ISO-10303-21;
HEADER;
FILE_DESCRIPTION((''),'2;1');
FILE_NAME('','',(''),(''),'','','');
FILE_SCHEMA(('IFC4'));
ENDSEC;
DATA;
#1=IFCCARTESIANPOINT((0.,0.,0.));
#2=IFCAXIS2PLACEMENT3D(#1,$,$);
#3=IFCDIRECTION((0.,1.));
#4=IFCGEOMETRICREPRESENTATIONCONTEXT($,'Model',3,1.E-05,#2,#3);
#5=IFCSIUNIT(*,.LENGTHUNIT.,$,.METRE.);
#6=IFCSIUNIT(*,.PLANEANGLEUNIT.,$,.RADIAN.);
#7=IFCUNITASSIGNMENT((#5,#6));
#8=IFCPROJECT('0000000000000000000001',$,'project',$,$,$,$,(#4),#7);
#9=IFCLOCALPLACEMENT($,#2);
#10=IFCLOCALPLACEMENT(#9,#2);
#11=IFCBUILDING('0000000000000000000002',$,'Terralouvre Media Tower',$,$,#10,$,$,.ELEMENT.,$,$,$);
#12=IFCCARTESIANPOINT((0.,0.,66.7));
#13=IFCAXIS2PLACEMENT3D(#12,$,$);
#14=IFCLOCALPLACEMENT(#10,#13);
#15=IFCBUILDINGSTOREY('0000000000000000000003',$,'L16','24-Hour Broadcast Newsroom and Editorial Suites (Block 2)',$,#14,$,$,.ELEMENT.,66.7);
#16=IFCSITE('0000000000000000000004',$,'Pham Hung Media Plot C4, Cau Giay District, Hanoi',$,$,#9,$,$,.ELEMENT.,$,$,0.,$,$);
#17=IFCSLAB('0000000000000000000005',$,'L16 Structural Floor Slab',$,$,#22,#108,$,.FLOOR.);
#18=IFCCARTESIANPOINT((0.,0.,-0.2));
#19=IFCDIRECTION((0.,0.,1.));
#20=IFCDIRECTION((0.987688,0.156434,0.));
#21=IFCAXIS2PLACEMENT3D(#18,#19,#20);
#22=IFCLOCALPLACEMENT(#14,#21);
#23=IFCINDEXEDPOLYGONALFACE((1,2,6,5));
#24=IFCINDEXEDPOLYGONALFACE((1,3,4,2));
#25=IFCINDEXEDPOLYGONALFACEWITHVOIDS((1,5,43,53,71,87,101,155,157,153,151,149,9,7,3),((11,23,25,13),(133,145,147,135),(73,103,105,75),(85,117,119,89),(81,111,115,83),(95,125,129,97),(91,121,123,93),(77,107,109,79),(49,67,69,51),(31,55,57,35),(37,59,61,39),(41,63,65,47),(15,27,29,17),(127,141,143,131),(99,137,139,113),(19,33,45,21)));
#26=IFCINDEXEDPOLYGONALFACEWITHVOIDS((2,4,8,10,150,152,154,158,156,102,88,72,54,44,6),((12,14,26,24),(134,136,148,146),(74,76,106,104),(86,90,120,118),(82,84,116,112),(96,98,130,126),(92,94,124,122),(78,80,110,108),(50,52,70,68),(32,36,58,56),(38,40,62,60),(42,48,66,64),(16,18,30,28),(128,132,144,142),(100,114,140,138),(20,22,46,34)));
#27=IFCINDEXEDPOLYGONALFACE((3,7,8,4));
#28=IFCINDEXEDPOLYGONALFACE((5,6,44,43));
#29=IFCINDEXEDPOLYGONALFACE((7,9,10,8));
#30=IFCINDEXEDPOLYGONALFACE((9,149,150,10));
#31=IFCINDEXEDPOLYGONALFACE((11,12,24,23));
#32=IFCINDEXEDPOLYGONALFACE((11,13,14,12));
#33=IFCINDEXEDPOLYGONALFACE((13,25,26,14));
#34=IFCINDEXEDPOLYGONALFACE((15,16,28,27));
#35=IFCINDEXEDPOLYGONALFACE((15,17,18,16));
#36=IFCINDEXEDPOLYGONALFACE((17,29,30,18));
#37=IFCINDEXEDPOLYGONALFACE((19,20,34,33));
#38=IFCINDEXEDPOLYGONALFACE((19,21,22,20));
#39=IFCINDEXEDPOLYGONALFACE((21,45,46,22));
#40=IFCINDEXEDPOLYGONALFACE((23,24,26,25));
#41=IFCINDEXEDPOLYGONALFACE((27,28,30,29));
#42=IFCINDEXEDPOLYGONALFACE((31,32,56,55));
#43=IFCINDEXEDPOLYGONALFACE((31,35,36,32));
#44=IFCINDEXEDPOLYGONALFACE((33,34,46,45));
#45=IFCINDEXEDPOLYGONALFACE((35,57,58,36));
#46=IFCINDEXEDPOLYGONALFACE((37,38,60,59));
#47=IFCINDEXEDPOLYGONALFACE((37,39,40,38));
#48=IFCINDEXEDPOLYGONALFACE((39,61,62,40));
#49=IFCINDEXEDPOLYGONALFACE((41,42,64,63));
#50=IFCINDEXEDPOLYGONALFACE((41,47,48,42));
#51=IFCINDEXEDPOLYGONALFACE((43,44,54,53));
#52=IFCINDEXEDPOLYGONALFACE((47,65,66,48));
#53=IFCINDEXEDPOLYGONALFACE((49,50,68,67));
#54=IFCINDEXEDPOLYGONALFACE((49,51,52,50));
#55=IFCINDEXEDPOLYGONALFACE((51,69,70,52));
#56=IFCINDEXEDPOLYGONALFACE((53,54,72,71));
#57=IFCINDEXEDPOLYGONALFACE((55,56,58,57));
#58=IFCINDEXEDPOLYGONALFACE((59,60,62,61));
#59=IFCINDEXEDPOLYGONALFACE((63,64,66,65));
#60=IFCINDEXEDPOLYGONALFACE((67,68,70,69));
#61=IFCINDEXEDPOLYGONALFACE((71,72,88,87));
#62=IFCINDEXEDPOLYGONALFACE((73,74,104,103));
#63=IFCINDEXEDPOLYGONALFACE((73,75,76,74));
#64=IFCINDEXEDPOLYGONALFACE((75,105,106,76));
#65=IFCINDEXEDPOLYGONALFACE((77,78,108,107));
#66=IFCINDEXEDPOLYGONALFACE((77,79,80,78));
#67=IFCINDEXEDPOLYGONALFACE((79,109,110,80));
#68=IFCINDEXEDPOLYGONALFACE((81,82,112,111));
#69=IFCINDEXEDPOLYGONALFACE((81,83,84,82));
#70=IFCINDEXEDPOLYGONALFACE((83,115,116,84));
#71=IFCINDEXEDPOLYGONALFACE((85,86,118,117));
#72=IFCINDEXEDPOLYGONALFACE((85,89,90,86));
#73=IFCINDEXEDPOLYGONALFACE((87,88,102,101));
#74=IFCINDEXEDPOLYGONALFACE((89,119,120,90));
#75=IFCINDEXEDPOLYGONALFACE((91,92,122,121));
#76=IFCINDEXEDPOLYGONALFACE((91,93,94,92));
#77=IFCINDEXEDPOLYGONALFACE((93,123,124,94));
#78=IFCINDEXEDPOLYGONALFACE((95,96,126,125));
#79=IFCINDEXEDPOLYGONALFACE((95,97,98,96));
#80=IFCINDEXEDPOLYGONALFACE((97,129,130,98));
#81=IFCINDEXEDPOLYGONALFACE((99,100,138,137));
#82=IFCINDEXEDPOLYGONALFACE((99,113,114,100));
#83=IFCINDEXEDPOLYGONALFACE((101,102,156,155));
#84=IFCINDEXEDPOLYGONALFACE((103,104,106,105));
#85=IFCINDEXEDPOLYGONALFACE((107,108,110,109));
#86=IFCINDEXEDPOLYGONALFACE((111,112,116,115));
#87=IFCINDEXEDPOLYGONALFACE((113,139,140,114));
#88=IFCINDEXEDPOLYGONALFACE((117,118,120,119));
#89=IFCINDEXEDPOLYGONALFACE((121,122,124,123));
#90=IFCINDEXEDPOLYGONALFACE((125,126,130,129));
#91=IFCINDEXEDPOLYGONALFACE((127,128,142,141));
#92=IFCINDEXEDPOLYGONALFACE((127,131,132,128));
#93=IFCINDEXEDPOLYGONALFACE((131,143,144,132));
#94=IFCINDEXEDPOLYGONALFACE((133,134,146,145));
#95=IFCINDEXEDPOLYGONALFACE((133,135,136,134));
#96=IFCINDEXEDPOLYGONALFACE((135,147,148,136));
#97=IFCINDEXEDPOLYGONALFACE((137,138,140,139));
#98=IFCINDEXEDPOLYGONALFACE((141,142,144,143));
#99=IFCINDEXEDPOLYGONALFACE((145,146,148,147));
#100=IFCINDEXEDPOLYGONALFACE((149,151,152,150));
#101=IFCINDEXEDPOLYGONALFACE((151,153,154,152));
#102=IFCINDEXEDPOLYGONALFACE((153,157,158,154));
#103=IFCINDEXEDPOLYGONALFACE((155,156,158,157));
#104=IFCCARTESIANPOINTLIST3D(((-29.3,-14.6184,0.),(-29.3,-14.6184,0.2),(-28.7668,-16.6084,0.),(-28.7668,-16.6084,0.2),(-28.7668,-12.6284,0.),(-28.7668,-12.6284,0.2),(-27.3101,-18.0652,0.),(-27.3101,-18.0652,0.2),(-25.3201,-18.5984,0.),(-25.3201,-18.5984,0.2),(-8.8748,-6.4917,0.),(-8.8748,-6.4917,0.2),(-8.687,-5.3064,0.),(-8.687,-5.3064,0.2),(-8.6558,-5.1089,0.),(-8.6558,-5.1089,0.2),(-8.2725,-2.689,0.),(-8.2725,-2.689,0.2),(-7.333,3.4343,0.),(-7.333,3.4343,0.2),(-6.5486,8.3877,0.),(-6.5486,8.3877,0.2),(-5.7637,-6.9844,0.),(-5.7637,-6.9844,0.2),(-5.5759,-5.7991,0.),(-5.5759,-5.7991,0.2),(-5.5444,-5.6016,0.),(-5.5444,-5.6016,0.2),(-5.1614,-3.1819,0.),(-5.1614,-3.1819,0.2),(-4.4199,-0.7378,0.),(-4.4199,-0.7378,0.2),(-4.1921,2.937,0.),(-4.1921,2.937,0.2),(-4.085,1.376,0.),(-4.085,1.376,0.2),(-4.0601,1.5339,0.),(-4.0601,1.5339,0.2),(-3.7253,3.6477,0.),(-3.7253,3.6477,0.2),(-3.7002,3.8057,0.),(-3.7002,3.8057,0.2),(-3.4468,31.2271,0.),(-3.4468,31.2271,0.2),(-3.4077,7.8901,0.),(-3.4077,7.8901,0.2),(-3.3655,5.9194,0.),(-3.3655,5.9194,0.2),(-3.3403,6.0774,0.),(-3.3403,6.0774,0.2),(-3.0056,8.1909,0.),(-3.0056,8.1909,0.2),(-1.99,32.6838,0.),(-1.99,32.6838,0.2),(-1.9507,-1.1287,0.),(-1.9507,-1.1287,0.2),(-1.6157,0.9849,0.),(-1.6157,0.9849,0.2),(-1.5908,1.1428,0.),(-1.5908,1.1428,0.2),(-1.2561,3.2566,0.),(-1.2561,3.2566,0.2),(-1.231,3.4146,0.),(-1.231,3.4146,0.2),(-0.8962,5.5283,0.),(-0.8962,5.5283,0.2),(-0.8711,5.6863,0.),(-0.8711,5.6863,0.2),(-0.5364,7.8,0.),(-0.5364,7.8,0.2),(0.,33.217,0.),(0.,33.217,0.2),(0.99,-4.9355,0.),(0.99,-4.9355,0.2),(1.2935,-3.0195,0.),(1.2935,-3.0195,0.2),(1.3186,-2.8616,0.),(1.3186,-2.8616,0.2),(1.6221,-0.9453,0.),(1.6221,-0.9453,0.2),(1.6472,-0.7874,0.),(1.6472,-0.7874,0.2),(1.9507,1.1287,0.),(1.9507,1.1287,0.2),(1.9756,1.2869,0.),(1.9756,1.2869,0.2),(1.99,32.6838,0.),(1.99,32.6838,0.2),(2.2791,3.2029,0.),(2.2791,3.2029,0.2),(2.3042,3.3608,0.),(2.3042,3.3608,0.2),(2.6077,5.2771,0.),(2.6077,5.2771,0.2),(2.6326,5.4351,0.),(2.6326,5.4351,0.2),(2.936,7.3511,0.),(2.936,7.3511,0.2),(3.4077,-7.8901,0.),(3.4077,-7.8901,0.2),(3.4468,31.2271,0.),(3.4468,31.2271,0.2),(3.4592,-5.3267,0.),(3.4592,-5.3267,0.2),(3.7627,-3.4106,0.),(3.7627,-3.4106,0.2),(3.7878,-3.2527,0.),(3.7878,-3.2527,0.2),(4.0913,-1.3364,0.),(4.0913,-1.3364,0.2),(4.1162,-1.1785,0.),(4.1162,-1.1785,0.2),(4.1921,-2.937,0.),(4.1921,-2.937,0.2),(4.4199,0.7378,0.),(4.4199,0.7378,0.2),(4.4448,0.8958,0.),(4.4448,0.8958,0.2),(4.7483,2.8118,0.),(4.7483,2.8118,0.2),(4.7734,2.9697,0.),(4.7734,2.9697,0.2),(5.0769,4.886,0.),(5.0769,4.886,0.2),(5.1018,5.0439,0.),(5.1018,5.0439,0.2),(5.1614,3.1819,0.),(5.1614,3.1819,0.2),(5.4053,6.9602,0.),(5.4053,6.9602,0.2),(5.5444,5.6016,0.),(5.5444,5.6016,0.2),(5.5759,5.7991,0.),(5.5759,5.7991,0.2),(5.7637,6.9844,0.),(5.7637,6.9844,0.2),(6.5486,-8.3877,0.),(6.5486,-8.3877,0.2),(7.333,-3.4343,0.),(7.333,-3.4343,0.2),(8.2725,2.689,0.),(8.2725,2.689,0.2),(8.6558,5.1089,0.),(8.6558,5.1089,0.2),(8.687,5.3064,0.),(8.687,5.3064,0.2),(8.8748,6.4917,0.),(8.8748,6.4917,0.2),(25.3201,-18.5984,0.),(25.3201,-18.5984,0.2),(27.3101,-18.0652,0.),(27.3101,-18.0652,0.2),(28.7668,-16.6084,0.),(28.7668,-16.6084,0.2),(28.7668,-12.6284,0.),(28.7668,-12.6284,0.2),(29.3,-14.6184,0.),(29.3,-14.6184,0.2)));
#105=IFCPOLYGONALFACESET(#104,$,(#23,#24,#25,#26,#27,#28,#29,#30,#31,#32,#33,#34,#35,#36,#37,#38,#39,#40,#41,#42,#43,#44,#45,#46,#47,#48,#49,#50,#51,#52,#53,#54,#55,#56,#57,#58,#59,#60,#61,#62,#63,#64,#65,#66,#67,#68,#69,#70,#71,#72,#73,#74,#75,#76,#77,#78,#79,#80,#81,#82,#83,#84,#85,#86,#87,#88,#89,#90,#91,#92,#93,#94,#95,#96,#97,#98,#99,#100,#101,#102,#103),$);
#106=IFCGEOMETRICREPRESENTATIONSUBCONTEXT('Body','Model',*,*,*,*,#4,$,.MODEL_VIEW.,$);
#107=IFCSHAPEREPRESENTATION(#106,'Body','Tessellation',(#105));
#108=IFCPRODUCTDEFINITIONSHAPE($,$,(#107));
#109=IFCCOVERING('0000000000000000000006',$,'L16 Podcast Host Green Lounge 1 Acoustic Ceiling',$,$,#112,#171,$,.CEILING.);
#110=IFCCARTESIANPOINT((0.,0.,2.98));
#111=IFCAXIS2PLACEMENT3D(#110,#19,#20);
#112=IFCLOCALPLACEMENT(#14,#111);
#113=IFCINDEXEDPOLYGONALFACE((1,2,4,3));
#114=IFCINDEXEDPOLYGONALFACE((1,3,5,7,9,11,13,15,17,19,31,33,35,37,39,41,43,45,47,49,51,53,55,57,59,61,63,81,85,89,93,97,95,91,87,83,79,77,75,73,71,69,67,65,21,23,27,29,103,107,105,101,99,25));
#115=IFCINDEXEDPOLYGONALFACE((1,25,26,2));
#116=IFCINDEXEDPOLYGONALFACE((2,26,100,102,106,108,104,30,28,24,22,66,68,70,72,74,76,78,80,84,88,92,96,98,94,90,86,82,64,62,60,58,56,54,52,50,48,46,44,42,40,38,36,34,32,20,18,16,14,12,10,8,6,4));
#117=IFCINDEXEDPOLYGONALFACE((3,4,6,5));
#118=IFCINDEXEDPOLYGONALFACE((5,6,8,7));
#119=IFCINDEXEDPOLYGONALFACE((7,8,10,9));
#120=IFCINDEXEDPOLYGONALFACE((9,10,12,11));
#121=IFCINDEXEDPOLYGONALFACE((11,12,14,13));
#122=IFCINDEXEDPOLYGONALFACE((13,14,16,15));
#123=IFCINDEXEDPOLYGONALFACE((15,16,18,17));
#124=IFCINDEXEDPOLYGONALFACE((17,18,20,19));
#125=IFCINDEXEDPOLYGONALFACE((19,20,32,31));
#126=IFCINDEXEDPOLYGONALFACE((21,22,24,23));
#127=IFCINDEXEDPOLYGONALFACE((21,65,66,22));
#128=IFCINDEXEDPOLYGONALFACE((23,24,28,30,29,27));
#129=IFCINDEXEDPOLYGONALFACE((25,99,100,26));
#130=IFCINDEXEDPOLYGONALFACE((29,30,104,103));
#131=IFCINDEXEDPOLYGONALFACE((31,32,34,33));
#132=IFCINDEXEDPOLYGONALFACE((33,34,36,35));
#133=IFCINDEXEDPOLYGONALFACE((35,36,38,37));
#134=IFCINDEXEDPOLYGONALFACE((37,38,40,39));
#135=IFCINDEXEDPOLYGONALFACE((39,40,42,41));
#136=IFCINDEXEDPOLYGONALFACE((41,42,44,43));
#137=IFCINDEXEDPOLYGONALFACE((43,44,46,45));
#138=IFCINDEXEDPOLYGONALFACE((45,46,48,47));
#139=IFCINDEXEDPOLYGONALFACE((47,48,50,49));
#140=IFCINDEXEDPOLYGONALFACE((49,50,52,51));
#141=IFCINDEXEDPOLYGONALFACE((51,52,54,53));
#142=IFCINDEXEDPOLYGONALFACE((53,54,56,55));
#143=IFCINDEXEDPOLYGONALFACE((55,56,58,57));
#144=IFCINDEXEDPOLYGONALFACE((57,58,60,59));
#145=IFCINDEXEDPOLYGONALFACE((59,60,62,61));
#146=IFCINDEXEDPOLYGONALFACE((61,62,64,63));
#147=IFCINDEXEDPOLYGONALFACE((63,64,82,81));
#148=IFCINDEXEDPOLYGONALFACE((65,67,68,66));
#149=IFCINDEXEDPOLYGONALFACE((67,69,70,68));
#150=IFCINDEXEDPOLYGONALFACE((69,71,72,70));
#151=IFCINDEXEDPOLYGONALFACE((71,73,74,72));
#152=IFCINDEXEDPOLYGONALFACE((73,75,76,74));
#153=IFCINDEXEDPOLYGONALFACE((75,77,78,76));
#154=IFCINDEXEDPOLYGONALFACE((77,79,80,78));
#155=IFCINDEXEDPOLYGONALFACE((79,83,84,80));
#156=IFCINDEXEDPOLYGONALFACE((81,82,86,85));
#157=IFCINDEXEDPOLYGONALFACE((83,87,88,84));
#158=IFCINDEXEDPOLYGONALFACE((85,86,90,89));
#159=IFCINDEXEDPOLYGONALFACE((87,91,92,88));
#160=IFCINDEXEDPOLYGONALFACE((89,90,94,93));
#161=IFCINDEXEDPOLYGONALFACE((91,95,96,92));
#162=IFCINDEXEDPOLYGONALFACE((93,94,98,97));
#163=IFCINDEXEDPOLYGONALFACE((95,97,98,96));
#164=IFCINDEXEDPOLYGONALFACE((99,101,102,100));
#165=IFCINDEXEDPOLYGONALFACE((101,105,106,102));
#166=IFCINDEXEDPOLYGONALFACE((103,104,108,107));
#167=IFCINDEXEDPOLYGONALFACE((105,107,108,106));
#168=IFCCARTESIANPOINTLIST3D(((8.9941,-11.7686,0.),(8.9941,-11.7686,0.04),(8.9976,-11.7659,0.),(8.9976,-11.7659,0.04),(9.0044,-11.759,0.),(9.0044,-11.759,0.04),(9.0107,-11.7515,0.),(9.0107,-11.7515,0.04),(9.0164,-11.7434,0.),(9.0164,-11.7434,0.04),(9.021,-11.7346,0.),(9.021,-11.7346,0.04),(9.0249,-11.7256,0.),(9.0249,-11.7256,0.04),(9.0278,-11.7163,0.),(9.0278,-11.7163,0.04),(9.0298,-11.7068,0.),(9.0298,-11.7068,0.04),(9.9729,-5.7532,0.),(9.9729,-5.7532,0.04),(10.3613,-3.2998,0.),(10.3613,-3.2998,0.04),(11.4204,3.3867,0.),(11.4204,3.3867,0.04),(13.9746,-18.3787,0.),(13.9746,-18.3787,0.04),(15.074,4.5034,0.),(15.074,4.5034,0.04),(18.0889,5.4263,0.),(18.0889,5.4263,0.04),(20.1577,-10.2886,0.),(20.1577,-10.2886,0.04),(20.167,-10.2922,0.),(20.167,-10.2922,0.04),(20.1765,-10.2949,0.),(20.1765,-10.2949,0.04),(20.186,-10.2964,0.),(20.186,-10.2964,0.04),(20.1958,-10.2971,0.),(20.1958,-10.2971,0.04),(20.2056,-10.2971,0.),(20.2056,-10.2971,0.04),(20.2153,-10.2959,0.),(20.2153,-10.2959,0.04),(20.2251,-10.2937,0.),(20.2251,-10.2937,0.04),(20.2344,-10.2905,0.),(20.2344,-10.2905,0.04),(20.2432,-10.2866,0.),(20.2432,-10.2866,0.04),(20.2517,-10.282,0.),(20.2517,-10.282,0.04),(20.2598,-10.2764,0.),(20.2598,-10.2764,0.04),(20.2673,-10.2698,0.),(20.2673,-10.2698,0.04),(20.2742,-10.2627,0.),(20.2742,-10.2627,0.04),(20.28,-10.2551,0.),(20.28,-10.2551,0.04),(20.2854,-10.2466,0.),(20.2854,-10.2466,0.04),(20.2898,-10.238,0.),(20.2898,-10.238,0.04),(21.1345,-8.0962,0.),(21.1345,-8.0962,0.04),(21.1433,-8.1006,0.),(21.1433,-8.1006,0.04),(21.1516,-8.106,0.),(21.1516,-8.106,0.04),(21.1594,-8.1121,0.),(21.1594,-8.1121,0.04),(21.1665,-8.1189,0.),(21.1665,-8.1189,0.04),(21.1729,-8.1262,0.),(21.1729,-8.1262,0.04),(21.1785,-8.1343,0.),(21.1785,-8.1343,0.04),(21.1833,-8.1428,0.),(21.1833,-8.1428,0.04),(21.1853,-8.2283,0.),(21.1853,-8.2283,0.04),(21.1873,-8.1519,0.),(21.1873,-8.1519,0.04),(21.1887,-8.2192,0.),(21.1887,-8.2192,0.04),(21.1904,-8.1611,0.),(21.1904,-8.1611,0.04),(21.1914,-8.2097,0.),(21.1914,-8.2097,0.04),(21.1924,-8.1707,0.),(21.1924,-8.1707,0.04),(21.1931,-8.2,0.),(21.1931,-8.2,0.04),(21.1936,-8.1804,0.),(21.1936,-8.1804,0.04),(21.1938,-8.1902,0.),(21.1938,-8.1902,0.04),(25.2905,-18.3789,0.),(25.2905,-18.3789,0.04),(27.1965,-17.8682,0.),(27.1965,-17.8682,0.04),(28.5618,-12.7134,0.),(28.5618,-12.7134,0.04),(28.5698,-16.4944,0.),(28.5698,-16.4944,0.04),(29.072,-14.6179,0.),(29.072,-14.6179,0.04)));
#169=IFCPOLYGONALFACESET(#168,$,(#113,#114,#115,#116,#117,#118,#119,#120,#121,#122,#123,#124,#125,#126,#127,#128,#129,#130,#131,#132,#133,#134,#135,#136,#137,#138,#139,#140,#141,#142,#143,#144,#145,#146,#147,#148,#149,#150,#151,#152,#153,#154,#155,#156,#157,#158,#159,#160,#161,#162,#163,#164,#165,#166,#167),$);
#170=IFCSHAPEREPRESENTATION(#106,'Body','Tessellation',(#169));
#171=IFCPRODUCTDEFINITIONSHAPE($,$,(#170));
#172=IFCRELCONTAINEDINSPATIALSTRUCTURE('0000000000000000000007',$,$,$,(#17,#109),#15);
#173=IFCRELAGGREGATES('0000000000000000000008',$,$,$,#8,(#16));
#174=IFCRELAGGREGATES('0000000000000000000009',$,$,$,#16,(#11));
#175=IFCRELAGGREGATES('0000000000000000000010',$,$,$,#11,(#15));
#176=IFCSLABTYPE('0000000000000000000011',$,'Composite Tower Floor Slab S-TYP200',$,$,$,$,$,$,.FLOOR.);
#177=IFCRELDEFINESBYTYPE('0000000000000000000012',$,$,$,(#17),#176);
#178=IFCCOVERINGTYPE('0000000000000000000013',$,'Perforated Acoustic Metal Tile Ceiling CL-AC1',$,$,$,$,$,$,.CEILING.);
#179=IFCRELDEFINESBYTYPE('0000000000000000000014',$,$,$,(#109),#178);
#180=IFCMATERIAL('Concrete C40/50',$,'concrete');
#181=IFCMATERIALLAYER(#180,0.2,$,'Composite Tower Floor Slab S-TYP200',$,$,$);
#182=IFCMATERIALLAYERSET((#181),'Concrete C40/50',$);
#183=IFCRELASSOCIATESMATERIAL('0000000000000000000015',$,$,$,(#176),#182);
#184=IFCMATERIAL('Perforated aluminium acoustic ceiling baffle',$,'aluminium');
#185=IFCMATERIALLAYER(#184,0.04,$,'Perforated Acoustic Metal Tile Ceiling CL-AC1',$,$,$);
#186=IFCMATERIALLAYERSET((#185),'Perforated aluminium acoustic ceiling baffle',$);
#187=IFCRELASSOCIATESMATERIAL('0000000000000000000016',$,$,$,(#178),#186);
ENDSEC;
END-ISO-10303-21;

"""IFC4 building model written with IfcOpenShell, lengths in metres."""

from ifc_helpers import new_model, si_unit, direction, frame, origin, place, context, subcontext, project, spatial, polyline, outline, extrude, material, layer, layer_set, type_object, element, save


model = new_model("IFC4")

# Units and contexts
model_context = context("Model", 3, precision=1e-05, world=origin(), true_north=direction((0.0, 1.0)))
body_context = subcontext(model_context, "Body", "Model", "MODEL_VIEW")
ifc_project = project(units=[si_unit("LENGTHUNIT", "METRE"), si_unit("PLANEANGLEUNIT", "RADIAN")], contexts=[model_context])

# Site, building, storey
site_placement = place(None, origin())
site = spatial("IfcSite", under=ifc_project, at=site_placement, Name="Pham Hung Media Plot C4, Cau Giay District, Hanoi", CompositionType="ELEMENT", RefElevation=0.0)
building_placement = place(site_placement, origin())
building = spatial("IfcBuilding", under=site, at=building_placement, Name="Terralouvre Media Tower", CompositionType="ELEMENT")
storey_placement = place(building_placement, frame((0.0, 0.0, 66.7)))
storey = spatial("IfcBuildingStorey", under=building, at=storey_placement, Name="L16", Description="24-Hour Broadcast Newsroom and Editorial Suites (Block 2)", CompositionType="ELEMENT", Elevation=66.7)

# Slab
ifc_material_1 = material(Name="Concrete C40/50", Category="concrete")
ifc_layer_1 = layer(ifc_material_1, 0.2, Name="Composite Tower Floor Slab S-TYP200")
ifc_layer_set_1 = layer_set([ifc_layer_1], Name="Concrete C40/50")
slab_type_1 = type_object("IfcSlabType", Name="Composite Tower Floor Slab S-TYP200", PredefinedType="FLOOR", material=ifc_layer_set_1)
slab_1_placement = place(storey_placement, frame((0.0, 0.0, -0.2), z_axis=(0.0, 0.0, 1.0), x_axis=(0.987688, 0.156434, 0.0)))
element("IfcSlab", 1, at=slab_1_placement, inside=storey, type_object=slab_type_1, Name="L16 Structural Floor Slab", PredefinedType="FLOOR", context=body_context, shape_type="SweptSolid", body=[
    extrude(outline(polyline([(-28.7668, -12.6284), (-29.3, -14.6184), (-28.7668, -16.6084), (-27.3101, -18.0652), (-25.3201, -18.5984), (25.3201, -18.5984), (27.3101, -18.0652), (28.7668, -16.6084), (29.3, -14.6184), (28.7668, -12.6284), (3.4468, 31.2271), (1.99, 32.6838), (0.0, 33.217), (-1.99, 32.6838), (-3.4468, 31.2271), (-28.7668, -12.6284)]), holes=[polyline([(-5.7637, -6.9844), (-8.8748, -6.4917), (-8.687, -5.3064), (-5.5759, -5.7991), (-5.7637, -6.9844)]), polyline([(-5.5444, -5.6016), (-8.6558, -5.1089), (-8.2725, -2.689), (-5.1614, -3.1819), (-5.5444, -5.6016)]), polyline([(-1.9507, -1.1287), (-4.4199, -0.7378), (-4.085, 1.376), (-1.6157, 0.9849), (-1.9507, -1.1287)]), polyline([(-1.5908, 1.1428), (-4.0601, 1.5339), (-3.7253, 3.6477), (-1.2561, 3.2566), (-1.5908, 1.1428)]), polyline([(4.4448, 0.8958), (1.9756, 1.2869), (2.2791, 3.2029), (4.7483, 2.8118), (4.4448, 0.8958)]), polyline([(-1.231, 3.4146), (-3.7002, 3.8057), (-3.3655, 5.9194), (-0.8962, 5.5283), (-1.231, 3.4146)]), polyline([(-4.1921, 2.937), (-7.333, 3.4343), (-6.5486, 8.3877), (-3.4077, 7.8901), (-4.1921, 2.937)]), polyline([(-0.8711, 5.6863), (-3.3403, 6.0774), (-3.0056, 8.1909), (-0.5364, 7.8), (-0.8711, 5.6863)]), polyline([(4.1921, -2.937), (7.333, -3.4343), (6.5486, -8.3877), (3.4077, -7.8901), (4.1921, -2.937)]), polyline([(3.4592, -5.3267), (0.99, -4.9355), (1.2935, -3.0195), (3.7627, -3.4106), (3.4592, -5.3267)]), polyline([(3.7878, -3.2527), (1.3186, -2.8616), (1.6221, -0.9453), (4.0913, -1.3364), (3.7878, -3.2527)]), polyline([(4.1162, -1.1785), (1.6472, -0.7874), (1.9507, 1.1287), (4.4199, 0.7378), (4.1162, -1.1785)]), polyline([(4.7734, 2.9697), (2.3042, 3.3608), (2.6077, 5.2771), (5.0769, 4.886), (4.7734, 2.9697)]), polyline([(8.2725, 2.689), (5.1614, 3.1819), (5.5444, 5.6016), (8.6558, 5.1089), (8.2725, 2.689)]), polyline([(5.1018, 5.0439), (2.6326, 5.4351), (2.936, 7.3511), (5.4053, 6.9602), (5.1018, 5.0439)]), polyline([(8.687, 5.3064), (5.5759, 5.7991), (5.7637, 6.9844), (8.8748, 6.4917), (8.687, 5.3064)])]), origin(), (0.0, 0.0, 1.0), 0.2),
])

# Covering
ifc_material_2 = material(Name="Perforated aluminium acoustic ceiling baffle", Category="aluminium")
ifc_layer_2 = layer(ifc_material_2, 0.04, Name="Perforated Acoustic Metal Tile Ceiling CL-AC1")
ifc_layer_set_2 = layer_set([ifc_layer_2], Name="Perforated aluminium acoustic ceiling baffle")
covering_type = type_object("IfcCoveringType", Name="Perforated Acoustic Metal Tile Ceiling CL-AC1", PredefinedType="CEILING", material=ifc_layer_set_2)
covering_1_placement = place(storey_placement, frame((0.0, 0.0, 2.98), z_axis=(0.0, 0.0, 1.0), x_axis=(0.987688, 0.156434, 0.0)))
element("IfcCovering", 2, at=covering_1_placement, inside=storey, type_object=covering_type, Name="L16 Podcast Host Green Lounge 1 Acoustic Ceiling", PredefinedType="CEILING", context=body_context, shape_type="SweptSolid", body=[
    extrude(outline(polyline([(13.9746, -18.3787), (25.2905, -18.3789), (27.1965, -17.8682), (28.5698, -16.4944), (29.072, -14.6179), (28.5618, -12.7134), (18.0889, 5.4263), (15.074, 4.5034), (11.4204, 3.3867), (10.3613, -3.2998), (21.1345, -8.0962), (21.1433, -8.1006), (21.1516, -8.106), (21.1594, -8.1121), (21.1665, -8.1189), (21.1729, -8.1262), (21.1785, -8.1343), (21.1833, -8.1428), (21.1873, -8.1519), (21.1904, -8.1611), (21.1924, -8.1707), (21.1936, -8.1804), (21.1938, -8.1902), (21.1931, -8.2), (21.1914, -8.2097), (21.1887, -8.2192), (21.1853, -8.2283), (20.2898, -10.238), (20.2854, -10.2466), (20.28, -10.2551), (20.2742, -10.2627), (20.2673, -10.2698), (20.2598, -10.2764), (20.2517, -10.282), (20.2432, -10.2866), (20.2344, -10.2905), (20.2251, -10.2937), (20.2153, -10.2959), (20.2056, -10.2971), (20.1958, -10.2971), (20.186, -10.2964), (20.1765, -10.2949), (20.167, -10.2922), (20.1577, -10.2886), (9.9729, -5.7532), (9.0298, -11.7068), (9.0278, -11.7163), (9.0249, -11.7256), (9.021, -11.7346), (9.0164, -11.7434), (9.0107, -11.7515), (9.0044, -11.759), (8.9976, -11.7659), (8.9941, -11.7686), (13.9746, -18.3787)])), origin(), (0.0, 0.0, 1.0), 0.04),
])

save(model, "model.ifc")
